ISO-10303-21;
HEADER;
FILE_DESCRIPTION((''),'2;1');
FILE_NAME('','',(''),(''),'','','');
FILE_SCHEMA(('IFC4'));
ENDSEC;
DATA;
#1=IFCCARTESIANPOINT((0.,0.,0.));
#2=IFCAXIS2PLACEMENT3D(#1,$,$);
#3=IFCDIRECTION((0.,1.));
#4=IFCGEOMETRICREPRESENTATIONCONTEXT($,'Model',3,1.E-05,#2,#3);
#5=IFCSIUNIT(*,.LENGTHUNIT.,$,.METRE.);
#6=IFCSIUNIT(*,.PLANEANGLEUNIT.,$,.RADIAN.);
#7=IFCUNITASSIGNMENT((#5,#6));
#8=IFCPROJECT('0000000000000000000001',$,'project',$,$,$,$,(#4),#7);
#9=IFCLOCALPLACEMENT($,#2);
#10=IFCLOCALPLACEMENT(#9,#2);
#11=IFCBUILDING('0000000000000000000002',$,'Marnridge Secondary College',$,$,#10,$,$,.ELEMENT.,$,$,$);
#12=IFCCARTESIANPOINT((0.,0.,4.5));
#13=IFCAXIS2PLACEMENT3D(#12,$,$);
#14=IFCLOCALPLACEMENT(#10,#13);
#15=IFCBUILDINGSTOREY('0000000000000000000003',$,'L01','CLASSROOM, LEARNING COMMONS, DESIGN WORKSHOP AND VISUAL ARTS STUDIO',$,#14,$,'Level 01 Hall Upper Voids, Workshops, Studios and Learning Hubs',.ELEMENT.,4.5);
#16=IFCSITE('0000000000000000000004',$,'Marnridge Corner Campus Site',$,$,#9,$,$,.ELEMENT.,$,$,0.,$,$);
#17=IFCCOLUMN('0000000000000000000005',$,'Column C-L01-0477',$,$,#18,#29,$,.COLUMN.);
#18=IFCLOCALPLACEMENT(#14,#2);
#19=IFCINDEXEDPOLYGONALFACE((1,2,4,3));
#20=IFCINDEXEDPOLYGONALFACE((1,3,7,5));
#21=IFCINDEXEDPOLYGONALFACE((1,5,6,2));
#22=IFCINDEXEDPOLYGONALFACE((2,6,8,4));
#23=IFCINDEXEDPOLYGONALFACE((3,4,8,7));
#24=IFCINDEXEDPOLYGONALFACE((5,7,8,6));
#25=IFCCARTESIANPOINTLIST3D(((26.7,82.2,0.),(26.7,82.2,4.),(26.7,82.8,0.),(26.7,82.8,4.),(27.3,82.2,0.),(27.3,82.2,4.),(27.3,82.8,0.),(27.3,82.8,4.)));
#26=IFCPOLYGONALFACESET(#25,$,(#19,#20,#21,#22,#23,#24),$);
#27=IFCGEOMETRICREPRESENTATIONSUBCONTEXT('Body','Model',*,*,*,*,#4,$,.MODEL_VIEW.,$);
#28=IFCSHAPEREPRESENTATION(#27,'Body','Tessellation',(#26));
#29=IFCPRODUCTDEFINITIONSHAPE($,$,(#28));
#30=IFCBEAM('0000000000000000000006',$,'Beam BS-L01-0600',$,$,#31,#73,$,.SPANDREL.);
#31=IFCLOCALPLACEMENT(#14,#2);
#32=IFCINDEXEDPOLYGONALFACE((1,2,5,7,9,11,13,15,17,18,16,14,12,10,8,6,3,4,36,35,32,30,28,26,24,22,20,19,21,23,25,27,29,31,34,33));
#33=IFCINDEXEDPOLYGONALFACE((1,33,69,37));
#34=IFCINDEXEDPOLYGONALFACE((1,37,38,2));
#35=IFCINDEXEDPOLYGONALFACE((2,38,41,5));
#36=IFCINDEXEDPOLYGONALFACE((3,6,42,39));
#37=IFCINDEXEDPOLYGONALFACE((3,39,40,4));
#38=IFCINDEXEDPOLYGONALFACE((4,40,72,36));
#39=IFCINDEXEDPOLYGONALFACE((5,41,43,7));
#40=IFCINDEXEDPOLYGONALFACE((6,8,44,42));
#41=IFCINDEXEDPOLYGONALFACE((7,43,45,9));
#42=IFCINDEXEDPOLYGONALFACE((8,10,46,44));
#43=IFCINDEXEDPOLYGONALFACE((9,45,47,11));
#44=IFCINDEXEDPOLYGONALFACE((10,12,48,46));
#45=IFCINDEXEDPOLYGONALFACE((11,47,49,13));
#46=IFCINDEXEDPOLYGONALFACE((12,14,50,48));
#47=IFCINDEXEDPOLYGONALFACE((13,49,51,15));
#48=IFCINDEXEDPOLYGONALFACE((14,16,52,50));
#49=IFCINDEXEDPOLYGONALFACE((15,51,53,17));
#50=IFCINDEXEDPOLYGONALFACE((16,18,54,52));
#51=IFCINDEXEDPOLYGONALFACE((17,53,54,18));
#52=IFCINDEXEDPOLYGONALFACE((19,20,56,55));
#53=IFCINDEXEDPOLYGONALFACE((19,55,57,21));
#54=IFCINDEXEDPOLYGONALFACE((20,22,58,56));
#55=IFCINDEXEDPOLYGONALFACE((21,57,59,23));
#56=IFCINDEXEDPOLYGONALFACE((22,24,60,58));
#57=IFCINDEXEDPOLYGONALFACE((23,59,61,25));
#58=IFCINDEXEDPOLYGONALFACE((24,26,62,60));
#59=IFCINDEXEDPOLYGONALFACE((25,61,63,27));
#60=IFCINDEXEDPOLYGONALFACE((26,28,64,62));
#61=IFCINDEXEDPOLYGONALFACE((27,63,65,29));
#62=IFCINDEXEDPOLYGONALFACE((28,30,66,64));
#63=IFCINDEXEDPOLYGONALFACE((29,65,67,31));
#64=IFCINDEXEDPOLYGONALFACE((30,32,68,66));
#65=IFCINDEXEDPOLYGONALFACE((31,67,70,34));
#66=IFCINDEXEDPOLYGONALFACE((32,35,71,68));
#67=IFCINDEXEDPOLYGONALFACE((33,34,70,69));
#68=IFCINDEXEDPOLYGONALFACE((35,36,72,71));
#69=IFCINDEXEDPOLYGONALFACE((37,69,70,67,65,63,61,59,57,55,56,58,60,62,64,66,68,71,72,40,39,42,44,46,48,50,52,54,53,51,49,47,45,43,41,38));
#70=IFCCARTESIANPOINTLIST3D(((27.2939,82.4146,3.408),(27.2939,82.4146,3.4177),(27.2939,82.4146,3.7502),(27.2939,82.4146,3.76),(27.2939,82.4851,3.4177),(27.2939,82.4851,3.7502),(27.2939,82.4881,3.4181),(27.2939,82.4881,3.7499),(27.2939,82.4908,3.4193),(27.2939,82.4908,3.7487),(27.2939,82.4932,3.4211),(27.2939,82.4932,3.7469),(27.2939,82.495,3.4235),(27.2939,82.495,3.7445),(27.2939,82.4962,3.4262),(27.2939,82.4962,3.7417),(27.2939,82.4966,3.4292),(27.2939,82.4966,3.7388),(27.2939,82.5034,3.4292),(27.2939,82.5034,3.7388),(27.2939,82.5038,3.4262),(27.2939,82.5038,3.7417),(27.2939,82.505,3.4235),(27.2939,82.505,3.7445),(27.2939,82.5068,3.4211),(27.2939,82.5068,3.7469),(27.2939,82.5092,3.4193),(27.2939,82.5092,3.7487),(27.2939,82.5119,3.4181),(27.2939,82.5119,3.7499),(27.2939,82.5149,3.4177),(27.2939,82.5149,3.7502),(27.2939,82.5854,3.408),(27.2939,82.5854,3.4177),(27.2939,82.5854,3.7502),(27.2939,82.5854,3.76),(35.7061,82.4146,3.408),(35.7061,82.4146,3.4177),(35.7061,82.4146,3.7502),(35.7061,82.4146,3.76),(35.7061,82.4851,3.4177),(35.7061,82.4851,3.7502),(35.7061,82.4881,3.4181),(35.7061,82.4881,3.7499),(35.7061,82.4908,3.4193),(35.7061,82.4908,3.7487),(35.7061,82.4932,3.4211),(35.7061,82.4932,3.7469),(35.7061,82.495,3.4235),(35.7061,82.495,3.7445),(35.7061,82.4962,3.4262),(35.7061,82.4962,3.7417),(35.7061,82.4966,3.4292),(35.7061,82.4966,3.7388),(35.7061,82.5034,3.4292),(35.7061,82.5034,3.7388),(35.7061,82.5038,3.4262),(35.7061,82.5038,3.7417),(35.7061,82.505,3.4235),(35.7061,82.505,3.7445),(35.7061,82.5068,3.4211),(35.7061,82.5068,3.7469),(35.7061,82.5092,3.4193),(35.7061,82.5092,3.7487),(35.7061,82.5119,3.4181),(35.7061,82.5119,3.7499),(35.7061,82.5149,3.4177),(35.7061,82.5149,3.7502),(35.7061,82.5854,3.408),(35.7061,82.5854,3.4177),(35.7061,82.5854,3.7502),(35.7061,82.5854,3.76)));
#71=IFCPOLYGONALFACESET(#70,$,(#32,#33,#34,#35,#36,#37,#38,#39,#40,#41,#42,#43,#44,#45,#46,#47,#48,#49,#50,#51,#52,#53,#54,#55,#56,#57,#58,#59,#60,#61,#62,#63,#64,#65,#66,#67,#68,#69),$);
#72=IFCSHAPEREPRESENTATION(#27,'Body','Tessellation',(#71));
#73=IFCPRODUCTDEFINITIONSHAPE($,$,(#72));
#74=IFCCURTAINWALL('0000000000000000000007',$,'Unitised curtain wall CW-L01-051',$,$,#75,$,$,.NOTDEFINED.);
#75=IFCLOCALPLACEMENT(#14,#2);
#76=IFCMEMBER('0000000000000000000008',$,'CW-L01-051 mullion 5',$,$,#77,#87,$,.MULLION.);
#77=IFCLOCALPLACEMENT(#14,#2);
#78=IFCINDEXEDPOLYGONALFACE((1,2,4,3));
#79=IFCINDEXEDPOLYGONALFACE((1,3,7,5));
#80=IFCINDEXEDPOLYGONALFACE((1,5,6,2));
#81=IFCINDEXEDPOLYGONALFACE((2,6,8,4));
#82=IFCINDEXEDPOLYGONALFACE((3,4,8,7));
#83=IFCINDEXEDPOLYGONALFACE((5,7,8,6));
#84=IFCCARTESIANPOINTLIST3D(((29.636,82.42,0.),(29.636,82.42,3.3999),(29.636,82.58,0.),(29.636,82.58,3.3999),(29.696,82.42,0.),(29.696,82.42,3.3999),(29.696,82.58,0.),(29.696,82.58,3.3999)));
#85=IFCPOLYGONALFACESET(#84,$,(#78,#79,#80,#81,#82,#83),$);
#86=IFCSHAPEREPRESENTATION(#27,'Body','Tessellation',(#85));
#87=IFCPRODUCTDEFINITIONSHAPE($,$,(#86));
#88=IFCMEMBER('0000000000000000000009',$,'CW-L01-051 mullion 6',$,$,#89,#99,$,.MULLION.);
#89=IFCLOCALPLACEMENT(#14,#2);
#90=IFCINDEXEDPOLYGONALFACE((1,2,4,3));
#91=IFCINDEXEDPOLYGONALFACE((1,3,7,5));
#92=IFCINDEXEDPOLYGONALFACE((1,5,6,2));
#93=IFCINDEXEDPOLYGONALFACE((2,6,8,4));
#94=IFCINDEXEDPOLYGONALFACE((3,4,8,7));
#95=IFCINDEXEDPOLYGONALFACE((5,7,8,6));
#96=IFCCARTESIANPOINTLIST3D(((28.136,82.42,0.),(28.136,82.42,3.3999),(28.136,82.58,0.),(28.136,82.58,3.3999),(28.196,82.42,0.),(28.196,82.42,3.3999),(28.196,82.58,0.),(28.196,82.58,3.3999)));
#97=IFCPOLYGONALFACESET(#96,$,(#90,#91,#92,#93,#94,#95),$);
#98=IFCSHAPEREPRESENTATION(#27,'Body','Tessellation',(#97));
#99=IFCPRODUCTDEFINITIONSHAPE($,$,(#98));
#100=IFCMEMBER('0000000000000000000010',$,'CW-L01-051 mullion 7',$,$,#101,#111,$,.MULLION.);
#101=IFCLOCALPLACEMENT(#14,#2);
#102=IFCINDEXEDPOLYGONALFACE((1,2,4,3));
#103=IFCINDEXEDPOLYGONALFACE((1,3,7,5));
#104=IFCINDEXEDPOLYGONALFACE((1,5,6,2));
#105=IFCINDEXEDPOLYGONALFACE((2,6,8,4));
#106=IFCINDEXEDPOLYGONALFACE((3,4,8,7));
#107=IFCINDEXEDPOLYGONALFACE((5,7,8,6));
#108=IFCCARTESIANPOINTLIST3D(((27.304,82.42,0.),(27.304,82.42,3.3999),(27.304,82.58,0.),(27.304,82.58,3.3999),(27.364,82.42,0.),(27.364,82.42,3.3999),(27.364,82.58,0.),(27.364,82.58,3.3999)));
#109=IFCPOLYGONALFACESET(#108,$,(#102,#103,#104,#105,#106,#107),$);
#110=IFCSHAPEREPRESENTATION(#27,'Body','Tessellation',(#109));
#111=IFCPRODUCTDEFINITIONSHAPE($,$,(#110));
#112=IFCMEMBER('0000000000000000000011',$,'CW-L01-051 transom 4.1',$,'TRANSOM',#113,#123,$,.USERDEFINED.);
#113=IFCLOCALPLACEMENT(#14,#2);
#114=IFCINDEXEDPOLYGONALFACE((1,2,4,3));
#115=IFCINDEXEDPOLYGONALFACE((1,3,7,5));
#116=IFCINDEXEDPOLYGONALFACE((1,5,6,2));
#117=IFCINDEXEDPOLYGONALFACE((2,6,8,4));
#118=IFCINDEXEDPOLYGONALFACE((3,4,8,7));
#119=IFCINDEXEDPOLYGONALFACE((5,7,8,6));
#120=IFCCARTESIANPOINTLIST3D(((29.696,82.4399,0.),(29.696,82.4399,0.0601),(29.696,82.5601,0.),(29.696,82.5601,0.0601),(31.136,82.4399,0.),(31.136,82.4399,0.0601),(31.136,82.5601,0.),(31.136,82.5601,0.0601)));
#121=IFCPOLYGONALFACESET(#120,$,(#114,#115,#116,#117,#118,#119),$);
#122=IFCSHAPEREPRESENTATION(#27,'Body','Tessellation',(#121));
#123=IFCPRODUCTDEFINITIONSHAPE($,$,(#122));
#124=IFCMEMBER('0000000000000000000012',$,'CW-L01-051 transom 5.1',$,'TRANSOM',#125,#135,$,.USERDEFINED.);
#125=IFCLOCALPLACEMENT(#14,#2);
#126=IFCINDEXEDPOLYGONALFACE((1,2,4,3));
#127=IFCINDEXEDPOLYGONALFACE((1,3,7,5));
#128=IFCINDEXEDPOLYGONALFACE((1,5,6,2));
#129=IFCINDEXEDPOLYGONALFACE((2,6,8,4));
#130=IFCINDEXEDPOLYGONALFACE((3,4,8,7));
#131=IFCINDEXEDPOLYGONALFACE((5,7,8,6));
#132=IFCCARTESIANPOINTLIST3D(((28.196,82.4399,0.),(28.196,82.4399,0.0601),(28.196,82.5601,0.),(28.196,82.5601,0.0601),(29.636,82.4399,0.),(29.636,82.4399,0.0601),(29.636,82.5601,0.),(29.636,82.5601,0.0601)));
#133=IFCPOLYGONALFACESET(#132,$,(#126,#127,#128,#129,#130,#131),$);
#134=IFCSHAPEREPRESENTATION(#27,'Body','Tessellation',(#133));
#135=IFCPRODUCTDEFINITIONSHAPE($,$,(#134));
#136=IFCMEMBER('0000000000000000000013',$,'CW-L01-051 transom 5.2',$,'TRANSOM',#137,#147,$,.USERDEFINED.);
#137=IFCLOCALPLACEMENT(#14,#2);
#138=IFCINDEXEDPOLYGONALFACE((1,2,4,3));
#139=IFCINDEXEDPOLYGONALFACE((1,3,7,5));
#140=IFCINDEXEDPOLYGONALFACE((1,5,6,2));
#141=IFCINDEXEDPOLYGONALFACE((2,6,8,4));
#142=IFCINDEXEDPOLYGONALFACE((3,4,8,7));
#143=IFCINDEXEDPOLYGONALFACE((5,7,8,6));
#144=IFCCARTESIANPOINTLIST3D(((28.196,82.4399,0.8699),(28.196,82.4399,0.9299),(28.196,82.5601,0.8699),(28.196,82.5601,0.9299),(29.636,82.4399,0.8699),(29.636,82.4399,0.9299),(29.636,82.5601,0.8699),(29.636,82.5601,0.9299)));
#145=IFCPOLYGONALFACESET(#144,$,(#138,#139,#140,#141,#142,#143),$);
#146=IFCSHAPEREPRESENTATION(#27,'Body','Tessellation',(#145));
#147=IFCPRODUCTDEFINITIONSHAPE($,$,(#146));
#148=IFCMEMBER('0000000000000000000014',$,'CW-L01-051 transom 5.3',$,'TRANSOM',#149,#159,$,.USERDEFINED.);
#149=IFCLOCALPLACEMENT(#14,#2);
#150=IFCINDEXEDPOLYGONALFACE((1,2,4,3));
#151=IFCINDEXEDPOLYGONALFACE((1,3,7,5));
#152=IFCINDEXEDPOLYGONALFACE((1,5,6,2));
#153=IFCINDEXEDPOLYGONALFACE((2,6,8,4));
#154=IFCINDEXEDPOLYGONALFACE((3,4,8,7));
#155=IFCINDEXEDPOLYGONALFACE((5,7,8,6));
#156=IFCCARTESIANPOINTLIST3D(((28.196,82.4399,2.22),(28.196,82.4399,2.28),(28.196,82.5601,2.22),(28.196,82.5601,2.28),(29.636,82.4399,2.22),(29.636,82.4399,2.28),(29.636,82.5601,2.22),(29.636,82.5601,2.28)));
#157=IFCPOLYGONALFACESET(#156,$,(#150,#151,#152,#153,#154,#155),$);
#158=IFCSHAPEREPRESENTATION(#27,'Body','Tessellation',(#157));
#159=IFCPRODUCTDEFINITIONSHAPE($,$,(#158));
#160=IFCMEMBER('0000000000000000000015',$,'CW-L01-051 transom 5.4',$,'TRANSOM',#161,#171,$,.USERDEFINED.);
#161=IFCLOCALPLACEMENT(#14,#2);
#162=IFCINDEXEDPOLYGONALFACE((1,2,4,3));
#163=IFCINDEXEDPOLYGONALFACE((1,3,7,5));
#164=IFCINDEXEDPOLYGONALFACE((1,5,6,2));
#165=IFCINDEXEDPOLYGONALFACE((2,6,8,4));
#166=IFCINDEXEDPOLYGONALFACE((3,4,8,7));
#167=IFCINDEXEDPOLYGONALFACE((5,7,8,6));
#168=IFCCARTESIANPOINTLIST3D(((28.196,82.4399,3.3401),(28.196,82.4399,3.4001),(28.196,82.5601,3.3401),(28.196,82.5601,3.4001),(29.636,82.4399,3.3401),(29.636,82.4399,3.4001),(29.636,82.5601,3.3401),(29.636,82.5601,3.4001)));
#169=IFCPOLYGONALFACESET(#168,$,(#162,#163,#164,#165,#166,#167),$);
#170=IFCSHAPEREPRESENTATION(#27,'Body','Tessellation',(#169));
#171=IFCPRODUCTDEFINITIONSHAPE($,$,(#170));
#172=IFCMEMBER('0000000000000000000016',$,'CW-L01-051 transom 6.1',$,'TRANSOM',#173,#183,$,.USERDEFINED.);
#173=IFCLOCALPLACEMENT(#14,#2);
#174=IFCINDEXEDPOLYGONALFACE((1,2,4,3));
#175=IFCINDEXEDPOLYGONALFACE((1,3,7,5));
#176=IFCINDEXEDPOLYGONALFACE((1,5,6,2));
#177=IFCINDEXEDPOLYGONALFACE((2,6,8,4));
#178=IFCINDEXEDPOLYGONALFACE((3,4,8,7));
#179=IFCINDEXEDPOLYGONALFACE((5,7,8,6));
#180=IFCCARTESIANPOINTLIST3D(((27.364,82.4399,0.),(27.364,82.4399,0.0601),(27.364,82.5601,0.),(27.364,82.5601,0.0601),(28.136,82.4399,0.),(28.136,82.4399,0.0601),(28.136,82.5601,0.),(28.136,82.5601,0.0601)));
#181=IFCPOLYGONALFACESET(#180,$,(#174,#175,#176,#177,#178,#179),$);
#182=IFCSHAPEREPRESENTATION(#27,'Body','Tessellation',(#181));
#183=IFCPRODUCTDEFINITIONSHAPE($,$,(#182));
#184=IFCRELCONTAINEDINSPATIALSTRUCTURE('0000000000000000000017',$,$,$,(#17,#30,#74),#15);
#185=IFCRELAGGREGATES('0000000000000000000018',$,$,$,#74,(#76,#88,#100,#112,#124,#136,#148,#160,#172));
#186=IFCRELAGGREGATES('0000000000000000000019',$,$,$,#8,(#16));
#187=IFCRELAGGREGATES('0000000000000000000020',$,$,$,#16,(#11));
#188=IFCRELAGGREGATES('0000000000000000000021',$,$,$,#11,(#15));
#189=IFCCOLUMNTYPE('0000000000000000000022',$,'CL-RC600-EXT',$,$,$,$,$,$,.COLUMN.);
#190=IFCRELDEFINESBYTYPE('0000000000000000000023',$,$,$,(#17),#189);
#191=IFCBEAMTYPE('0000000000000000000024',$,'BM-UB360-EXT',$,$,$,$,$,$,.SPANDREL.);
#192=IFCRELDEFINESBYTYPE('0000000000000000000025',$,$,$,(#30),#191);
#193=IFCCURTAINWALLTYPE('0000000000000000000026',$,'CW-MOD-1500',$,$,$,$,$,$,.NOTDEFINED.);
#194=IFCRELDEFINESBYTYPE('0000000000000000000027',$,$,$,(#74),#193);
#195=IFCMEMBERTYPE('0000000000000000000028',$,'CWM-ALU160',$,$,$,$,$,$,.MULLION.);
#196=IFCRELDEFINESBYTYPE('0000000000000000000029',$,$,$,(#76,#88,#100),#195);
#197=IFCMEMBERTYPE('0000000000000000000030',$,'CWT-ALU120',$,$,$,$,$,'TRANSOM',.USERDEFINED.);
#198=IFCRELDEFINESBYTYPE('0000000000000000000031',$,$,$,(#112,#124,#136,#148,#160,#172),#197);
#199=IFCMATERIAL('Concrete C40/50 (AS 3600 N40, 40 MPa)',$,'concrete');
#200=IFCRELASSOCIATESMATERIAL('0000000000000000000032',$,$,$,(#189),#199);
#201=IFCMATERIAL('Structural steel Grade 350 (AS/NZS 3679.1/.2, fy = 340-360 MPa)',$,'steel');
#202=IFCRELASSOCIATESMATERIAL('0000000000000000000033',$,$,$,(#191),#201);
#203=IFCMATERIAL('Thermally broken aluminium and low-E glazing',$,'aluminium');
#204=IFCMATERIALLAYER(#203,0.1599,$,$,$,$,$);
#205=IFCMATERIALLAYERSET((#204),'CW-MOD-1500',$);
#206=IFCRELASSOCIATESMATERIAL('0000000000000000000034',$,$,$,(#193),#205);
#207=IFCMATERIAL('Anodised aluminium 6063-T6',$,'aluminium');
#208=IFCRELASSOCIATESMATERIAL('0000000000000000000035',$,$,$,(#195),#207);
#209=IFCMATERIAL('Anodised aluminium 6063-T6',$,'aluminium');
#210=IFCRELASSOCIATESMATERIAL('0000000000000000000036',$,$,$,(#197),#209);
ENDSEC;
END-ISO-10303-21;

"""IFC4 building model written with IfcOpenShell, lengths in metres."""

from ifc_helpers import new_model, si_unit, direction, frame, origin, origin_2d, place, context, subcontext, project, spatial, rectangle, i_section, extrude, material, layer, layer_set, material_profile, profile_set, type_object, element, aggregate, save


model = new_model("IFC4")

# Units and contexts
model_context = context("Model", 3, precision=1e-05, world=origin(), true_north=direction((0.0, 1.0)))
body_context = subcontext(model_context, "Body", "Model", "MODEL_VIEW")
ifc_project = project(units=[si_unit("LENGTHUNIT", "METRE"), si_unit("PLANEANGLEUNIT", "RADIAN")], contexts=[model_context])

# Site, building, storey
site_placement = place(None, origin())
site = spatial("IfcSite", under=ifc_project, at=site_placement, Name="Marnridge Corner Campus Site", CompositionType="ELEMENT", RefElevation=0.0)
building_placement = place(site_placement, origin())
building = spatial("IfcBuilding", under=site, at=building_placement, Name="Marnridge Secondary College", CompositionType="ELEMENT")
storey_placement = place(building_placement, frame((0.0, 0.0, 4.5)))
storey = spatial("IfcBuildingStorey", under=building, at=storey_placement, Name="L01", Description="CLASSROOM, LEARNING COMMONS, DESIGN WORKSHOP AND VISUAL ARTS STUDIO", LongName="Level 01 Hall Upper Voids, Workshops, Studios and Learning Hubs", CompositionType="ELEMENT", Elevation=4.5)

# Column
ifc_material_1 = material(Name="Concrete C40/50 (AS 3600 N40, 40 MPa)", Category="concrete")
ifc_material_profile_1 = material_profile(ifc_material_1, rectangle(XDim=0.6001, YDim=0.6001, at=origin_2d()), Name="RC 600x600")
ifc_profile_set_1 = profile_set([ifc_material_profile_1], Name="Concrete C40/50 (AS 3600 N40, 40 MPa)")
column_type = type_object("IfcColumnType", Name="CL-RC600-EXT", PredefinedType="COLUMN", material=ifc_profile_set_1)
column_placement = place(storey_placement, frame((27.0, 82.5, 0.0), z_axis=(0.0, 0.0, 1.0), x_axis=(1.0, 0.0, 0.0)))
element("IfcColumn", 1, at=column_placement, inside=storey, type_object=column_type, Name="Column C-L01-0477", PredefinedType="COLUMN", context=body_context, shape_type="SweptSolid", body=[
    extrude(rectangle(XDim=0.6001, YDim=0.6001, at=origin_2d()), origin(), (0.0, 0.0, 1.0), 4.0),
])

# Beam
ifc_material_2 = material(Name="Structural steel Grade 350 (AS/NZS 3679.1/.2, fy = 340-360 MPa)", Category="steel")
ifc_material_profile_2 = material_profile(ifc_material_2, i_section(OverallWidth=0.1709, OverallDepth=0.3521, WebThickness=0.0068, FlangeThickness=0.0098, FilletRadius=0.0115, at=origin_2d()), Name="360UB44.7")
ifc_profile_set_2 = profile_set([ifc_material_profile_2], Name="Structural steel Grade 350 (AS/NZS 3679.1/.2, fy = 340-360 MPa)")
beam_type = type_object("IfcBeamType", Name="BM-UB360-EXT", PredefinedType="SPANDREL", material=ifc_profile_set_2)
beam_placement = place(storey_placement, frame((27.2939, 82.5, 3.584), z_axis=(1.0, 0.0, 0.0), x_axis=(0.0, 1.0, 0.0)))
element("IfcBeam", 2, at=beam_placement, inside=storey, type_object=beam_type, Name="Beam BS-L01-0600", PredefinedType="SPANDREL", context=body_context, shape_type="SweptSolid", body=[
    extrude(i_section(OverallWidth=0.1709, OverallDepth=0.3521, WebThickness=0.0068, FlangeThickness=0.0098, FilletRadius=0.0115, at=origin_2d()), origin(), (0.0, 0.0, 1.0), 8.4121),
])

# Curtain wall, members
ifc_material_3 = material(Name="Thermally broken aluminium and low-E glazing", Category="aluminium")
ifc_layer_1 = layer(ifc_material_3, 0.1599)
ifc_layer_set_1 = layer_set([ifc_layer_1], Name="CW-MOD-1500")
curtain_wall_type = type_object("IfcCurtainWallType", Name="CW-MOD-1500", PredefinedType="NOTDEFINED", material=ifc_layer_set_1)
curtain_wall_placement = place(storey_placement, origin())
curtain_wall = element("IfcCurtainWall", 3, at=curtain_wall_placement, inside=storey, type_object=curtain_wall_type, Name="Unitised curtain wall CW-L01-051", PredefinedType="NOTDEFINED")
ifc_material_4 = material(Name="Anodised aluminium 6063-T6", Category="aluminium")
ifc_material_profile_3 = material_profile(ifc_material_4, rectangle(XDim=0.0601, YDim=0.1599, at=origin_2d()), Name="ALU 60x160")
ifc_profile_set_3 = profile_set([ifc_material_profile_3], Name="Anodised aluminium 6063-T6")
member_type_1 = type_object("IfcMemberType", Name="CWM-ALU160", PredefinedType="MULLION", material=ifc_profile_set_3)
member_1_placement = place(storey_placement, frame((29.666, 82.5, 0.0), z_axis=(0.0, 0.0, 1.0), x_axis=(-1.0, 0.0, 0.0)))
member_1 = element("IfcMember", 4, at=member_1_placement, type_object=member_type_1, Name="CW-L01-051 mullion 5", PredefinedType="MULLION", context=body_context, shape_type="SweptSolid", body=[
    extrude(rectangle(XDim=0.0601, YDim=0.1599, at=origin_2d()), origin(), (0.0, 0.0, 1.0), 3.3999),
])
member_2_placement = place(storey_placement, frame((28.166, 82.5, 0.0), z_axis=(0.0, 0.0, 1.0), x_axis=(-1.0, 0.0, 0.0)))
member_2 = element("IfcMember", 5, at=member_2_placement, type_object=member_type_1, Name="CW-L01-051 mullion 6", PredefinedType="MULLION", context=body_context, shape_type="SweptSolid", body=[
    extrude(rectangle(XDim=0.0601, YDim=0.1599, at=origin_2d()), origin(), (0.0, 0.0, 1.0), 3.3999),
])
member_3_placement = place(storey_placement, frame((27.334, 82.5, 0.0), z_axis=(0.0, 0.0, 1.0), x_axis=(-1.0, 0.0, 0.0)))
member_3 = element("IfcMember", 6, at=member_3_placement, type_object=member_type_1, Name="CW-L01-051 mullion 7", PredefinedType="MULLION", context=body_context, shape_type="SweptSolid", body=[
    extrude(rectangle(XDim=0.0601, YDim=0.1599, at=origin_2d()), origin(), (0.0, 0.0, 1.0), 3.3999),
])
ifc_material_5 = material(Name="Anodised aluminium 6063-T6", Category="aluminium")
ifc_material_profile_4 = material_profile(ifc_material_5, rectangle(XDim=0.0601, YDim=0.1201, at=origin_2d()), Name="ALU 60x120")
ifc_profile_set_4 = profile_set([ifc_material_profile_4], Name="Anodised aluminium 6063-T6")
member_type_2 = type_object("IfcMemberType", Name="CWT-ALU120", ElementType="TRANSOM", PredefinedType="USERDEFINED", material=ifc_profile_set_4)
member_4_placement = place(storey_placement, frame((31.136, 82.5, 0.03), z_axis=(-1.0, 0.0, 0.0), x_axis=(0.0, 0.0, 1.0)))
member_4 = element("IfcMember", 7, at=member_4_placement, type_object=member_type_2, Name="CW-L01-051 transom 4.1", ObjectType="TRANSOM", PredefinedType="USERDEFINED", context=body_context, shape_type="SweptSolid", body=[
    extrude(rectangle(XDim=0.0601, YDim=0.1201, at=origin_2d()), origin(), (0.0, 0.0, 1.0), 1.4399),
])
member_5_placement = place(storey_placement, frame((29.636, 82.5, 0.03), z_axis=(-1.0, 0.0, 0.0), x_axis=(0.0, 0.0, 1.0)))
member_5 = element("IfcMember", 8, at=member_5_placement, type_object=member_type_2, Name="CW-L01-051 transom 5.1", ObjectType="TRANSOM", PredefinedType="USERDEFINED", context=body_context, shape_type="SweptSolid", body=[
    extrude(rectangle(XDim=0.0601, YDim=0.1201, at=origin_2d()), origin(), (0.0, 0.0, 1.0), 1.4399),
])
member_6_placement = place(storey_placement, frame((29.636, 82.5, 0.8999), z_axis=(-1.0, 0.0, 0.0), x_axis=(0.0, 0.0, 1.0)))
member_6 = element("IfcMember", 9, at=member_6_placement, type_object=member_type_2, Name="CW-L01-051 transom 5.2", ObjectType="TRANSOM", PredefinedType="USERDEFINED", context=body_context, shape_type="SweptSolid", body=[
    extrude(rectangle(XDim=0.0601, YDim=0.1201, at=origin_2d()), origin(), (0.0, 0.0, 1.0), 1.4399),
])
member_7_placement = place(storey_placement, frame((29.636, 82.5, 2.25), z_axis=(-1.0, 0.0, 0.0), x_axis=(0.0, 0.0, 1.0)))
member_7 = element("IfcMember", 10, at=member_7_placement, type_object=member_type_2, Name="CW-L01-051 transom 5.3", ObjectType="TRANSOM", PredefinedType="USERDEFINED", context=body_context, shape_type="SweptSolid", body=[
    extrude(rectangle(XDim=0.0601, YDim=0.1201, at=origin_2d()), origin(), (0.0, 0.0, 1.0), 1.4399),
])
member_8_placement = place(storey_placement, frame((29.636, 82.5, 3.3701), z_axis=(-1.0, 0.0, 0.0), x_axis=(0.0, 0.0, 1.0)))
member_8 = element("IfcMember", 11, at=member_8_placement, type_object=member_type_2, Name="CW-L01-051 transom 5.4", ObjectType="TRANSOM", PredefinedType="USERDEFINED", context=body_context, shape_type="SweptSolid", body=[
    extrude(rectangle(XDim=0.0601, YDim=0.1201, at=origin_2d()), origin(), (0.0, 0.0, 1.0), 1.4399),
])
member_9_placement = place(storey_placement, frame((28.136, 82.5, 0.03), z_axis=(-1.0, 0.0, 0.0), x_axis=(0.0, 0.0, 1.0)))
member_9 = element("IfcMember", 12, at=member_9_placement, type_object=member_type_2, Name="CW-L01-051 transom 6.1", ObjectType="TRANSOM", PredefinedType="USERDEFINED", context=body_context, shape_type="SweptSolid", body=[
    extrude(rectangle(XDim=0.0601, YDim=0.1201, at=origin_2d()), origin(), (0.0, 0.0, 1.0), 0.772),
])
aggregate(curtain_wall, [member_1, member_2, member_3, member_4, member_5, member_6, member_7, member_8, member_9])

save(model, "model.ifc")
